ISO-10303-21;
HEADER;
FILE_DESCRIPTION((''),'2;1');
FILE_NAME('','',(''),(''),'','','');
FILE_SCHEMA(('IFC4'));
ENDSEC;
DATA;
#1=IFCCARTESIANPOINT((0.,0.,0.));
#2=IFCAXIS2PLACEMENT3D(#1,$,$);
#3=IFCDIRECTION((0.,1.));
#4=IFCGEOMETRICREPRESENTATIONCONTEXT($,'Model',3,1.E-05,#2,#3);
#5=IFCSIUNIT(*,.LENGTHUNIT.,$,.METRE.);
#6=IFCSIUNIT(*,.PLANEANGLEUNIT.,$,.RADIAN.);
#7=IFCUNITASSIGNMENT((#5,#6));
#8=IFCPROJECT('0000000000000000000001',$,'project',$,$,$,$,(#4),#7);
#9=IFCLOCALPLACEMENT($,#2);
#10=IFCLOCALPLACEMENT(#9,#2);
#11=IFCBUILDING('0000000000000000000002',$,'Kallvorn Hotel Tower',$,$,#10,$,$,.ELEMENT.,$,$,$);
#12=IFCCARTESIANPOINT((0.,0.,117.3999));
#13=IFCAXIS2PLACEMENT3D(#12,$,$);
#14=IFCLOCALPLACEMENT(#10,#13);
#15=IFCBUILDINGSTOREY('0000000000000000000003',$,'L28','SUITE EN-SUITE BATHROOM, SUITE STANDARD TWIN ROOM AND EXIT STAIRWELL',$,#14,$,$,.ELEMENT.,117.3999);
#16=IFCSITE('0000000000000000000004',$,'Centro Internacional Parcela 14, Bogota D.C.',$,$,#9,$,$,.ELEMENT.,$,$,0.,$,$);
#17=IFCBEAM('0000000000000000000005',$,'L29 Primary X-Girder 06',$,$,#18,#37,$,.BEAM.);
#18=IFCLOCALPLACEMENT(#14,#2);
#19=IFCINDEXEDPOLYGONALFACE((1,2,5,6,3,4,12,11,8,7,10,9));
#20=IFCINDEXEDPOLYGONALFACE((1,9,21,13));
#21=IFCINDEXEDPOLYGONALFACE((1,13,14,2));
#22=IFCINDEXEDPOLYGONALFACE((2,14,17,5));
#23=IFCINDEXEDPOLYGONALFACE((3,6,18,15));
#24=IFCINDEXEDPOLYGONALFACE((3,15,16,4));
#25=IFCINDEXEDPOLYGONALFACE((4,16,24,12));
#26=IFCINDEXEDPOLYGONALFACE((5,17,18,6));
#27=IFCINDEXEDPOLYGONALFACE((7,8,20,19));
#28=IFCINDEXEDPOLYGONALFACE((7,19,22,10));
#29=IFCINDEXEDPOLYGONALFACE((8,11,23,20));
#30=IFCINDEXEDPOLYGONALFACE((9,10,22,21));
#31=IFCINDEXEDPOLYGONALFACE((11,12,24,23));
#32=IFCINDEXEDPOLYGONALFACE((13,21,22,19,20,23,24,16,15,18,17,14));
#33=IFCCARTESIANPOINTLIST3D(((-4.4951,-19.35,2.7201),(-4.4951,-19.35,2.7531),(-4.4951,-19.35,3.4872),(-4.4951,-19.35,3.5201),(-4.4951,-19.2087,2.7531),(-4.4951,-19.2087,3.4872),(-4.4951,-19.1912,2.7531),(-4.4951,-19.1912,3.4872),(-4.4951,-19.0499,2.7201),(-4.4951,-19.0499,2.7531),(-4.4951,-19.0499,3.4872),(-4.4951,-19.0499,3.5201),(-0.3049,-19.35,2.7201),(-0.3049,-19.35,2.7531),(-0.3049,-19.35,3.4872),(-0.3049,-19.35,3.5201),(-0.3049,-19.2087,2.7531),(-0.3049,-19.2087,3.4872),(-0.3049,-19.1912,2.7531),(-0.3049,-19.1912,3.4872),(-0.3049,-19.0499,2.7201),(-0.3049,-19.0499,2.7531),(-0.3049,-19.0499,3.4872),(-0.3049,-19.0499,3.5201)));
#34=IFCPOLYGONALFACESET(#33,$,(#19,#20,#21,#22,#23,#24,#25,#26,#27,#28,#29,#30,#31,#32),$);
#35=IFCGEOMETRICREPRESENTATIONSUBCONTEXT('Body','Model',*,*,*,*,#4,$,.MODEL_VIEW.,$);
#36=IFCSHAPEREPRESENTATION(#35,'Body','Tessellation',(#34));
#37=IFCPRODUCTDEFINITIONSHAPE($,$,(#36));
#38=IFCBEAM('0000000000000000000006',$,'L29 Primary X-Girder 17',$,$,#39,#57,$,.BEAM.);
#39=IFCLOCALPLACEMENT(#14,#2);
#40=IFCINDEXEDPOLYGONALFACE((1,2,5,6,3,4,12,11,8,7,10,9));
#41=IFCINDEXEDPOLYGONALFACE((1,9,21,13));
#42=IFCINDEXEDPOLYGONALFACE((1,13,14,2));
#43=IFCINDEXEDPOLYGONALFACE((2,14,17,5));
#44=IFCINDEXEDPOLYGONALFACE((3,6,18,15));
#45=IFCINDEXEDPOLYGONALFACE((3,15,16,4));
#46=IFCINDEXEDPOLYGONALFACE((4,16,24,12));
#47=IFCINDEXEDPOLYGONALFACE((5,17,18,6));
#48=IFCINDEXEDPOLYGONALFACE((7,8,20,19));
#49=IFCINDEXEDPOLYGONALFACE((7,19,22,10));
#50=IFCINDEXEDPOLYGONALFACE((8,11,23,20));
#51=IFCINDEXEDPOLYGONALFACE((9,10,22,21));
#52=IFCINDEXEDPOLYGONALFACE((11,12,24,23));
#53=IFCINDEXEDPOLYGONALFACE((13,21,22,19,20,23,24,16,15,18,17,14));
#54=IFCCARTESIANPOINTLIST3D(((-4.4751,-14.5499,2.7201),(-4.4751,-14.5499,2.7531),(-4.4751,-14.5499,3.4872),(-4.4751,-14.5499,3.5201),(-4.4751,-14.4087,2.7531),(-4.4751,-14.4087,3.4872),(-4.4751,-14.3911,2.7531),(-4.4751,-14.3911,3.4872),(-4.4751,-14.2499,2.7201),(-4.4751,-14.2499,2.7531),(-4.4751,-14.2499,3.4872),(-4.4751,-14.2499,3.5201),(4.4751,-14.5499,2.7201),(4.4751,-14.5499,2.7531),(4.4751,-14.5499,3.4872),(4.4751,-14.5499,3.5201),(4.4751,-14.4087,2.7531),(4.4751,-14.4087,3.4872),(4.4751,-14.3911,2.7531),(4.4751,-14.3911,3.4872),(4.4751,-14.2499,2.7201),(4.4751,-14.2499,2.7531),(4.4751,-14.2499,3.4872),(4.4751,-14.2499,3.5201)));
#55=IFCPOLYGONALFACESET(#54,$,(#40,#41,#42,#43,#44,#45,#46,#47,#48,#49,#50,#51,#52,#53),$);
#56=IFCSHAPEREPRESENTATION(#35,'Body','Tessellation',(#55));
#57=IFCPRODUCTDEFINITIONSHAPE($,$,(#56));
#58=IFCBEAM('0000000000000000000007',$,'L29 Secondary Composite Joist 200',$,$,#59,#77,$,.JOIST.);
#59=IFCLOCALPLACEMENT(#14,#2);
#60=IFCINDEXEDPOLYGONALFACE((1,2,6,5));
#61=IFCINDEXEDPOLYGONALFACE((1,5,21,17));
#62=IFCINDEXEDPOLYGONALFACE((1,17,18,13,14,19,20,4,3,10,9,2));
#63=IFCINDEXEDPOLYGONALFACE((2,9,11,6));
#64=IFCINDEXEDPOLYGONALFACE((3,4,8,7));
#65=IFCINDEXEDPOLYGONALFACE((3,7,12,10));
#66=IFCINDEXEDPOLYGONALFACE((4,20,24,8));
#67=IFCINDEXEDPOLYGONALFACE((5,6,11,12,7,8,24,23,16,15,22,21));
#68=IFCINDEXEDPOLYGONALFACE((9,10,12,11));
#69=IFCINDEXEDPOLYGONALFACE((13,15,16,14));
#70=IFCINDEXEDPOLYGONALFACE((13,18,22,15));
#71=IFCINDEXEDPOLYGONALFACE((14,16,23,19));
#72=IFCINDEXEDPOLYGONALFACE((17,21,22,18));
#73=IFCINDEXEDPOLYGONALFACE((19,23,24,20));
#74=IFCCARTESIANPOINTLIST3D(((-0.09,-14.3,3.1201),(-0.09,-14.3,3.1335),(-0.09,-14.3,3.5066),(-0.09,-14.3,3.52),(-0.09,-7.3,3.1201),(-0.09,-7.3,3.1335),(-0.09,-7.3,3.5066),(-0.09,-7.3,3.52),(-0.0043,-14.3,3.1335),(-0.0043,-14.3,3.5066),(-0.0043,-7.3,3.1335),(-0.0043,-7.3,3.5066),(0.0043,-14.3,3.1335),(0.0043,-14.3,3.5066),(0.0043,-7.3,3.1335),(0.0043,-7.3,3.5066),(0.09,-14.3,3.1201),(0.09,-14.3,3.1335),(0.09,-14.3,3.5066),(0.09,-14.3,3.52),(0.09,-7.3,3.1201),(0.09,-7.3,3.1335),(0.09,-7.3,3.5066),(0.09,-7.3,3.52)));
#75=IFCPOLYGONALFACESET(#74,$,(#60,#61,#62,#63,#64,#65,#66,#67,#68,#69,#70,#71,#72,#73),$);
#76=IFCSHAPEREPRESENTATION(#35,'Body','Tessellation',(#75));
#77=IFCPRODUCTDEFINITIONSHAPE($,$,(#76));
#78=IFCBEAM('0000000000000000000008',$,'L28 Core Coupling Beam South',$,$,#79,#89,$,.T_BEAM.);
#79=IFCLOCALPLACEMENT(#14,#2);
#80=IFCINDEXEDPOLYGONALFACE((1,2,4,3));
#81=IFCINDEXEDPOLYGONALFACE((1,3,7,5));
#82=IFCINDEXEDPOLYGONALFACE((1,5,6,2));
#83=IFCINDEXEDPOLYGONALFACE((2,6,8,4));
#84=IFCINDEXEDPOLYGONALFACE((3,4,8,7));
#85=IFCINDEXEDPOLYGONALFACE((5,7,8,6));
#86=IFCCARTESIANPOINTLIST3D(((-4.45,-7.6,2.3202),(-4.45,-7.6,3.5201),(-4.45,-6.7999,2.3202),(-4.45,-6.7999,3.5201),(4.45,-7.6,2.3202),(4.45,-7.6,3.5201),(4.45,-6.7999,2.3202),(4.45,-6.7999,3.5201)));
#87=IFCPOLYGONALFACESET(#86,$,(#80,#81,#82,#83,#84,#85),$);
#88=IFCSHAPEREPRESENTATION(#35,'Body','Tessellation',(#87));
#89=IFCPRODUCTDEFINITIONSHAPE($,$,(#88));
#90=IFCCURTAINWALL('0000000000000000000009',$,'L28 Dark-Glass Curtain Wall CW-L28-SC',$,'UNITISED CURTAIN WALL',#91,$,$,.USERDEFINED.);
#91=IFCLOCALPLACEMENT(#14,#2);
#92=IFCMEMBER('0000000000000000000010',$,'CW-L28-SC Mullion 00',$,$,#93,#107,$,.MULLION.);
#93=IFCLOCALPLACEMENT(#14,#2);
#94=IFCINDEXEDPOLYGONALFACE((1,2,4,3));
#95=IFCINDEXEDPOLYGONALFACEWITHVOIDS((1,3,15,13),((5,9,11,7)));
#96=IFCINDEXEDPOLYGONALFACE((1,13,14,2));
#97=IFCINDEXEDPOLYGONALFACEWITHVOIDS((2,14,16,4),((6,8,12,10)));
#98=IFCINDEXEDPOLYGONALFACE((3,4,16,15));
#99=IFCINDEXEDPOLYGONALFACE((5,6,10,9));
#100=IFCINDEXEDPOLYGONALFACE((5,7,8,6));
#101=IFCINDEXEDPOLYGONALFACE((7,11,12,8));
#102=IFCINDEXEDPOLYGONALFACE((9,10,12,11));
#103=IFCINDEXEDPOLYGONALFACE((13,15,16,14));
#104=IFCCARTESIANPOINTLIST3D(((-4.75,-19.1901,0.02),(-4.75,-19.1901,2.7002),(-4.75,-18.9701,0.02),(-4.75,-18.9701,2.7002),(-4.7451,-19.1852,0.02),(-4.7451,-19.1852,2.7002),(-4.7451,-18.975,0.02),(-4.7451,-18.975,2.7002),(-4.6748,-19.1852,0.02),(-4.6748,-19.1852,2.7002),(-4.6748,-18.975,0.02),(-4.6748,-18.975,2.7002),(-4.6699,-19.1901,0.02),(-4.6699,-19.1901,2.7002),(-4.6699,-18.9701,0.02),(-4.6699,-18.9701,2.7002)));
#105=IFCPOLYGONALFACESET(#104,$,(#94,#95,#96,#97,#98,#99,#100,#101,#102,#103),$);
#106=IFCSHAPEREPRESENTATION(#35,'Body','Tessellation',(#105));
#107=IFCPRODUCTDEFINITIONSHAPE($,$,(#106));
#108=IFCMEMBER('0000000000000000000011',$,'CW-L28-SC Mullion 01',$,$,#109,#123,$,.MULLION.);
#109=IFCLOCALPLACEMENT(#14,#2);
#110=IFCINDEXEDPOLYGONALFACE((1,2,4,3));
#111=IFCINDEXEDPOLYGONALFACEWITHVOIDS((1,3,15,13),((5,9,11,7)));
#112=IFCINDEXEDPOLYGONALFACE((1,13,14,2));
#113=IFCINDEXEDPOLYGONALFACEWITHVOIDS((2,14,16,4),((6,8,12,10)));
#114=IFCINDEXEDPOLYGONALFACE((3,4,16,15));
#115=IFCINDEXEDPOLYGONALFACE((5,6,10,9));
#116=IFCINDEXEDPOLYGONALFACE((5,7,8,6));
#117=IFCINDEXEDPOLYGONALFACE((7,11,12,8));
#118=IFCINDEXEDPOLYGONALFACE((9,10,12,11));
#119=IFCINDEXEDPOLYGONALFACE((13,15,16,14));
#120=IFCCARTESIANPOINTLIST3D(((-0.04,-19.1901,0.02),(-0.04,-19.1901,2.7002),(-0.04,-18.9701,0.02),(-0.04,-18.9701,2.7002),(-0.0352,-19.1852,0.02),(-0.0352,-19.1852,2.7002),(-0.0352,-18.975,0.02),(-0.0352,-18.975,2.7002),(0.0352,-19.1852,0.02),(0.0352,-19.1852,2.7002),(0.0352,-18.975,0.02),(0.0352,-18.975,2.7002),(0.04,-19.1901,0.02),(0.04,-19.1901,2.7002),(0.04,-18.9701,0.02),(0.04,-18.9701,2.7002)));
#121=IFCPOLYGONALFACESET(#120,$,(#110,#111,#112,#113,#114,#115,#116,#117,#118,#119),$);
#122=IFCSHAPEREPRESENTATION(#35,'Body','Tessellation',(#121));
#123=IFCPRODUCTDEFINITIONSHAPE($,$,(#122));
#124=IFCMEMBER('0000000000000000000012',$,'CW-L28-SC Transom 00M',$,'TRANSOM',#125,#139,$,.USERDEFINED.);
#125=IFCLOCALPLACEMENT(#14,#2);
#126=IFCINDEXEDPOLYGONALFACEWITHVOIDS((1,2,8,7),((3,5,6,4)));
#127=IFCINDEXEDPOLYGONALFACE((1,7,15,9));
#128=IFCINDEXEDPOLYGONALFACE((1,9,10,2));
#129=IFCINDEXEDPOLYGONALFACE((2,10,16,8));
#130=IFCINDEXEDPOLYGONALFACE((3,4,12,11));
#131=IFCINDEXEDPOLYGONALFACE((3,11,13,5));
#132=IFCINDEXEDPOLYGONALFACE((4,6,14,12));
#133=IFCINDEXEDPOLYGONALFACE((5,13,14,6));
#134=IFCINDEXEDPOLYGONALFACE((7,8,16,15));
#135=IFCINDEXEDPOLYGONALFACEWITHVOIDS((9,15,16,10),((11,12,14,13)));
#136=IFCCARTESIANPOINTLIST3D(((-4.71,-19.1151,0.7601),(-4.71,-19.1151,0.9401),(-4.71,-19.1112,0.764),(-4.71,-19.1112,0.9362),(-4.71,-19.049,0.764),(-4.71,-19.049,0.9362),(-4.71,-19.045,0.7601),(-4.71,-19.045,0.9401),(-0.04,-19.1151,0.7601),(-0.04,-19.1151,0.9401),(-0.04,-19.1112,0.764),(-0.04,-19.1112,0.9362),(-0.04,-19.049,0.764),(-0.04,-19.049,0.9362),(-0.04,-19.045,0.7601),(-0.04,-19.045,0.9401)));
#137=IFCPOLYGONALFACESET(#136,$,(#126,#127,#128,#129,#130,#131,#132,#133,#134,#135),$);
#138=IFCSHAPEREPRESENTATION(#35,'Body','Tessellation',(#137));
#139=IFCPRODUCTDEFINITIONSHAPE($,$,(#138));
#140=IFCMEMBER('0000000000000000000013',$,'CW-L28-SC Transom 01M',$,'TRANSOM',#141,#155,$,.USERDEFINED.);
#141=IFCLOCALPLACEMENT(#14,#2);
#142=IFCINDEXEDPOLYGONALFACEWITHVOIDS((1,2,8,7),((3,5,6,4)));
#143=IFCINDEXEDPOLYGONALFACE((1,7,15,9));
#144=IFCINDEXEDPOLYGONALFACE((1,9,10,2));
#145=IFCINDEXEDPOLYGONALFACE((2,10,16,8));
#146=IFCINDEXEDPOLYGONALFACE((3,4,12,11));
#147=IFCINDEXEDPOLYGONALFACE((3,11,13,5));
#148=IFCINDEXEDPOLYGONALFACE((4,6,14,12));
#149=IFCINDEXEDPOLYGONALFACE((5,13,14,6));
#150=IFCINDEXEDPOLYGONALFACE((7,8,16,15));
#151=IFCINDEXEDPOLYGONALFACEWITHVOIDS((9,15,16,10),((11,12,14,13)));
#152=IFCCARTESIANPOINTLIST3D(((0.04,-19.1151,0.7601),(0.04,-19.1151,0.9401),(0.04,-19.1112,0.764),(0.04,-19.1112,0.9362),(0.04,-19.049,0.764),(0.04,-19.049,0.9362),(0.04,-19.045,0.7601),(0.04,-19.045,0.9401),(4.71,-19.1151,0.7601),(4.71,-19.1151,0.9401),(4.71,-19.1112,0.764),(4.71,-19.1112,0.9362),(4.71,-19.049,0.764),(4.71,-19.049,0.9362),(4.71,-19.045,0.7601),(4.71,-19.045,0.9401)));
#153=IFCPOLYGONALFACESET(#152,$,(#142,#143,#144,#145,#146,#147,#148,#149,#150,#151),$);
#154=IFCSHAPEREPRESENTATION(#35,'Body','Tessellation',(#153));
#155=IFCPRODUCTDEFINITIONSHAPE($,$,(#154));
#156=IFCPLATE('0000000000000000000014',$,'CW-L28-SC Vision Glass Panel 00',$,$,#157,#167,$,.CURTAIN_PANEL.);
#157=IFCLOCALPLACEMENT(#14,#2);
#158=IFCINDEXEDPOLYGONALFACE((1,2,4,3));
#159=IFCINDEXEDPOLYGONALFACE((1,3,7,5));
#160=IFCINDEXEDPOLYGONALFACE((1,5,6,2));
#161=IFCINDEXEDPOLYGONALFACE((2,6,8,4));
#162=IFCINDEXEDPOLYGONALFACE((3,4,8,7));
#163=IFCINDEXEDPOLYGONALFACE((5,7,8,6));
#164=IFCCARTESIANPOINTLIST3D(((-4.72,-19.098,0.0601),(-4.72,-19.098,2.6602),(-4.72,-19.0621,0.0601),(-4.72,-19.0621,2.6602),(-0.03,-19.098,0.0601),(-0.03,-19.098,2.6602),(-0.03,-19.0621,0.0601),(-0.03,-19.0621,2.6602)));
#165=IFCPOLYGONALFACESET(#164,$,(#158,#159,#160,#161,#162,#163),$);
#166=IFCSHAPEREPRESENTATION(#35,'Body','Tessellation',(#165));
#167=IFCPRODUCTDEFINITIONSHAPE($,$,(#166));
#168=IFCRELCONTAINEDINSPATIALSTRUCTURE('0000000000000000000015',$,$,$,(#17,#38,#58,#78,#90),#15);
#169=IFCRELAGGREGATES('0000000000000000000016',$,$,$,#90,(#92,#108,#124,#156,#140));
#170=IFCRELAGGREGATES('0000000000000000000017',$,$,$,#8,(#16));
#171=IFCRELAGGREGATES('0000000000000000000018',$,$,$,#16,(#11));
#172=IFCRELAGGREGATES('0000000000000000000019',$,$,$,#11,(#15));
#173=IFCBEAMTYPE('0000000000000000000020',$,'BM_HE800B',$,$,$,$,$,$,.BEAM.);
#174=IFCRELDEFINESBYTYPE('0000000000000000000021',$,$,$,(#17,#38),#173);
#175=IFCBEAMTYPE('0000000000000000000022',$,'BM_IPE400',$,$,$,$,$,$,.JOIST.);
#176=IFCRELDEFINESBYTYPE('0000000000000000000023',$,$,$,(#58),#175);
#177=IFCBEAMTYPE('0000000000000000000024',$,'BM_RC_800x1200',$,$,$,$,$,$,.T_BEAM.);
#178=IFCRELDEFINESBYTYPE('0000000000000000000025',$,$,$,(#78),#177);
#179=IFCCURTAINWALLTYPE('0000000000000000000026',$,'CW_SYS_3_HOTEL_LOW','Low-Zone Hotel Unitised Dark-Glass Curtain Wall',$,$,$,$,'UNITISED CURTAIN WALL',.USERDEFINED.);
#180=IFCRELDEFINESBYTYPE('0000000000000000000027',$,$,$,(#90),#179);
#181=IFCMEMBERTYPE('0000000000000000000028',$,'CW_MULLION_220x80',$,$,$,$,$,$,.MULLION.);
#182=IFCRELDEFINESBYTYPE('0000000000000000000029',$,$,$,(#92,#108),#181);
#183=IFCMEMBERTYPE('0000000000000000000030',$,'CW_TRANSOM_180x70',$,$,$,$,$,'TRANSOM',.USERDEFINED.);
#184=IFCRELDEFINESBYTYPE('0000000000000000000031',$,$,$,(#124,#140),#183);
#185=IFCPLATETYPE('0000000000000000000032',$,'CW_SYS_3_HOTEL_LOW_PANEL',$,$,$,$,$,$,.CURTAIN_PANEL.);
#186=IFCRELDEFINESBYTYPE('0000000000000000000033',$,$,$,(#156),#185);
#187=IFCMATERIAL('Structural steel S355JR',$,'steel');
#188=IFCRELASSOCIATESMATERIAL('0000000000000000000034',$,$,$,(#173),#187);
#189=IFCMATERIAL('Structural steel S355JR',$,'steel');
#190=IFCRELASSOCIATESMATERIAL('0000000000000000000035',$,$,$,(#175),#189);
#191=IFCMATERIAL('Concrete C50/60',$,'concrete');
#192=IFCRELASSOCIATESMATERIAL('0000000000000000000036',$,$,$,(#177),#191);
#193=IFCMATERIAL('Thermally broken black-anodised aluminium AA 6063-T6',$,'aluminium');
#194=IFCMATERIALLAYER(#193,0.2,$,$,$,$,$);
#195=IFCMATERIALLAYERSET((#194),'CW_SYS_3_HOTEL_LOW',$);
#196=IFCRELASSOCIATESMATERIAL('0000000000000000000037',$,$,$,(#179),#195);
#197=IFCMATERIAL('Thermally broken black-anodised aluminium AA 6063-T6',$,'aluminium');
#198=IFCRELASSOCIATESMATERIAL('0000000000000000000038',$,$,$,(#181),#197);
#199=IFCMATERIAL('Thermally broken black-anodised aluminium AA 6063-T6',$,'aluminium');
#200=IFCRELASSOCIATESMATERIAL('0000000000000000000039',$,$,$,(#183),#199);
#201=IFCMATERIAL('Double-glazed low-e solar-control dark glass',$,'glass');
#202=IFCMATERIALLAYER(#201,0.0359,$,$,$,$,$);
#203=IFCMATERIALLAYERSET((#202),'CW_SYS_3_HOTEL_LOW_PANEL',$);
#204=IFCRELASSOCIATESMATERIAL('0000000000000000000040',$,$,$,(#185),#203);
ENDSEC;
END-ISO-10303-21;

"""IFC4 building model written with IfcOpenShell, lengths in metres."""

from ifc_helpers import new_model, si_unit, direction, frame, origin, origin_2d, place, context, subcontext, project, spatial, rectangle, hollow_rectangle, i_section, extrude, material, layer, layer_set, material_profile, profile_set, type_object, element, aggregate, save


model = new_model("IFC4")

# Units and contexts
model_context = context("Model", 3, precision=1e-05, world=origin(), true_north=direction((0.0, 1.0)))
body_context = subcontext(model_context, "Body", "Model", "MODEL_VIEW")
ifc_project = project(units=[si_unit("LENGTHUNIT", "METRE"), si_unit("PLANEANGLEUNIT", "RADIAN")], contexts=[model_context])

# Site, building, storey
site_placement = place(None, origin())
site = spatial("IfcSite", under=ifc_project, at=site_placement, Name="Centro Internacional Parcela 14, Bogota D.C.", CompositionType="ELEMENT", RefElevation=0.0)
building_placement = place(site_placement, origin())
building = spatial("IfcBuilding", under=site, at=building_placement, Name="Kallvorn Hotel Tower", CompositionType="ELEMENT")
storey_placement = place(building_placement, frame((0.0, 0.0, 117.3999)))
storey = spatial("IfcBuildingStorey", under=building, at=storey_placement, Name="L28", Description="SUITE EN-SUITE BATHROOM, SUITE STANDARD TWIN ROOM AND EXIT STAIRWELL", CompositionType="ELEMENT", Elevation=117.3999)

# Beams
ifc_material_1 = material(Name="Structural steel S355JR", Category="steel")
ifc_material_profile_1 = material_profile(ifc_material_1, i_section(OverallWidth=0.3, OverallDepth=0.8, WebThickness=0.0176, FlangeThickness=0.033, at=origin_2d()), Name="HE 800 B")
ifc_profile_set_1 = profile_set([ifc_material_profile_1], Name="Structural steel S355JR")
beam_type_1 = type_object("IfcBeamType", Name="BM_HE800B", PredefinedType="BEAM", material=ifc_profile_set_1)
beam_1_placement = place(storey_placement, frame((-4.4951, -19.2, 3.1201), z_axis=(1.0, 0.0, 0.0), x_axis=(0.0, 1.0, 0.0)))
element("IfcBeam", 1, at=beam_1_placement, inside=storey, type_object=beam_type_1, Name="L29 Primary X-Girder 06", PredefinedType="BEAM", context=body_context, shape_type="SweptSolid", body=[
    extrude(i_section(OverallWidth=0.3, OverallDepth=0.8, WebThickness=0.0176, FlangeThickness=0.033, at=origin_2d()), origin(), (0.0, 0.0, 1.0), 4.1902),
])
beam_2_placement = place(storey_placement, frame((-4.4751, -14.3999, 3.1201), z_axis=(1.0, 0.0, 0.0), x_axis=(0.0, 1.0, 0.0)))
element("IfcBeam", 2, at=beam_2_placement, inside=storey, type_object=beam_type_1, Name="L29 Primary X-Girder 17", PredefinedType="BEAM", context=body_context, shape_type="SweptSolid", body=[
    extrude(i_section(OverallWidth=0.3, OverallDepth=0.8, WebThickness=0.0176, FlangeThickness=0.033, at=origin_2d()), origin(), (0.0, 0.0, 1.0), 8.9502),
])
ifc_material_2 = material(Name="Structural steel S355JR", Category="steel")
ifc_material_profile_2 = material_profile(ifc_material_2, i_section(OverallWidth=0.1799, OverallDepth=0.3999, WebThickness=0.0085, FlangeThickness=0.0134, at=origin_2d()), Name="IPE 400")
ifc_profile_set_2 = profile_set([ifc_material_profile_2], Name="Structural steel S355JR")
beam_type_2 = type_object("IfcBeamType", Name="BM_IPE400", PredefinedType="JOIST", material=ifc_profile_set_2)
beam_3_placement = place(storey_placement, frame((0.0, -14.3, 3.3201), z_axis=(0.0, 1.0, 0.0), x_axis=(-1.0, 0.0, 0.0)))
element("IfcBeam", 3, at=beam_3_placement, inside=storey, type_object=beam_type_2, Name="L29 Secondary Composite Joist 200", PredefinedType="JOIST", context=body_context, shape_type="SweptSolid", body=[
    extrude(i_section(OverallWidth=0.1799, OverallDepth=0.3999, WebThickness=0.0085, FlangeThickness=0.0134, at=origin_2d()), origin(), (0.0, 0.0, 1.0), 7.0),
])
ifc_material_3 = material(Name="Concrete C50/60", Category="concrete")
ifc_material_profile_3 = material_profile(ifc_material_3, rectangle(XDim=0.8, YDim=1.2, at=origin_2d()), Name="RC 800x1200")
ifc_profile_set_3 = profile_set([ifc_material_profile_3], Name="Concrete C50/60")
beam_type_3 = type_object("IfcBeamType", Name="BM_RC_800x1200", PredefinedType="T_BEAM", material=ifc_profile_set_3)
beam_4_placement = place(storey_placement, frame((-4.45, -7.2, 2.9202), z_axis=(1.0, 0.0, 0.0), x_axis=(0.0, 1.0, 0.0)))
element("IfcBeam", 4, at=beam_4_placement, inside=storey, type_object=beam_type_3, Name="L28 Core Coupling Beam South", PredefinedType="T_BEAM", context=body_context, shape_type="SweptSolid", body=[
    extrude(rectangle(XDim=0.8, YDim=1.2, at=origin_2d()), origin(), (0.0, 0.0, 1.0), 8.8999),
])

# Curtain wall, members, plate
ifc_material_4 = material(Name="Thermally broken black-anodised aluminium AA 6063-T6", Category="aluminium")
ifc_layer_1 = layer(ifc_material_4, 0.2)
ifc_layer_set_1 = layer_set([ifc_layer_1], Name="CW_SYS_3_HOTEL_LOW")
curtain_wall_type = type_object("IfcCurtainWallType", Name="CW_SYS_3_HOTEL_LOW", Description="Low-Zone Hotel Unitised Dark-Glass Curtain Wall", ElementType="UNITISED CURTAIN WALL", PredefinedType="USERDEFINED", material=ifc_layer_set_1)
curtain_wall_placement = place(storey_placement, origin())
curtain_wall = element("IfcCurtainWall", 5, at=curtain_wall_placement, inside=storey, type_object=curtain_wall_type, Name="L28 Dark-Glass Curtain Wall CW-L28-SC", ObjectType="UNITISED CURTAIN WALL", PredefinedType="USERDEFINED")
ifc_material_5 = material(Name="Thermally broken black-anodised aluminium AA 6063-T6", Category="aluminium")
ifc_material_profile_4 = material_profile(ifc_material_5, hollow_rectangle(XDim=0.0801, YDim=0.22, WallThickness=0.0049, at=origin_2d()), Name="MUL 220x80")
ifc_profile_set_4 = profile_set([ifc_material_profile_4], Name="Thermally broken black-anodised aluminium AA 6063-T6")
member_type_1 = type_object("IfcMemberType", Name="CW_MULLION_220x80", PredefinedType="MULLION", material=ifc_profile_set_4)
member_1_placement = place(storey_placement, frame((-4.71, -19.0801, 0.02), z_axis=(0.0, 0.0, 1.0), x_axis=(1.0, 0.0, 0.0)))
member_1 = element("IfcMember", 6, at=member_1_placement, type_object=member_type_1, Name="CW-L28-SC Mullion 00", PredefinedType="MULLION", context=body_context, shape_type="SweptSolid", body=[
    extrude(hollow_rectangle(XDim=0.0801, YDim=0.22, WallThickness=0.0049, at=origin_2d()), origin(), (0.0, 0.0, 1.0), 2.6802),
])
member_2_placement = place(storey_placement, frame((0.0, -19.0801, 0.02), z_axis=(0.0, 0.0, 1.0), x_axis=(1.0, 0.0, 0.0)))
member_2 = element("IfcMember", 7, at=member_2_placement, type_object=member_type_1, Name="CW-L28-SC Mullion 01", PredefinedType="MULLION", context=body_context, shape_type="SweptSolid", body=[
    extrude(hollow_rectangle(XDim=0.0801, YDim=0.22, WallThickness=0.0049, at=origin_2d()), origin(), (0.0, 0.0, 1.0), 2.6802),
])
ifc_material_6 = material(Name="Thermally broken black-anodised aluminium AA 6063-T6", Category="aluminium")
ifc_material_profile_5 = material_profile(ifc_material_6, hollow_rectangle(XDim=0.0701, YDim=0.1799, WallThickness=0.0039, at=origin_2d()), Name="TRN 180x70")
ifc_profile_set_5 = profile_set([ifc_material_profile_5], Name="Thermally broken black-anodised aluminium AA 6063-T6")
member_type_2 = type_object("IfcMemberType", Name="CW_TRANSOM_180x70", ElementType="TRANSOM", PredefinedType="USERDEFINED", material=ifc_profile_set_5)
member_3_placement = place(storey_placement, frame((-4.71, -19.0801, 0.8501), z_axis=(1.0, 0.0, 0.0), x_axis=(0.0, 1.0, 0.0)))
member_3 = element("IfcMember", 8, at=member_3_placement, type_object=member_type_2, Name="CW-L28-SC Transom 00M", ObjectType="TRANSOM", PredefinedType="USERDEFINED", context=body_context, shape_type="SweptSolid", body=[
    extrude(hollow_rectangle(XDim=0.0701, YDim=0.1799, WallThickness=0.0039, at=origin_2d()), origin(), (0.0, 0.0, 1.0), 4.6699),
])
member_4_placement = place(storey_placement, frame((0.04, -19.0801, 0.8501), z_axis=(1.0, 0.0, 0.0), x_axis=(0.0, 1.0, 0.0)))
member_4 = element("IfcMember", 9, at=member_4_placement, type_object=member_type_2, Name="CW-L28-SC Transom 01M", ObjectType="TRANSOM", PredefinedType="USERDEFINED", context=body_context, shape_type="SweptSolid", body=[
    extrude(hollow_rectangle(XDim=0.0701, YDim=0.1799, WallThickness=0.0039, at=origin_2d()), origin(), (0.0, 0.0, 1.0), 4.6699),
])
ifc_material_7 = material(Name="Double-glazed low-e solar-control dark glass", Category="glass")
ifc_layer_2 = layer(ifc_material_7, 0.0359)
ifc_layer_set_2 = layer_set([ifc_layer_2], Name="CW_SYS_3_HOTEL_LOW_PANEL")
plate_type = type_object("IfcPlateType", Name="CW_SYS_3_HOTEL_LOW_PANEL", PredefinedType="CURTAIN_PANEL", material=ifc_layer_set_2)
plate_placement = place(storey_placement, frame((-2.375, -19.0801, 0.0601), z_axis=(0.0, 0.0, 1.0), x_axis=(1.0, 0.0, 0.0)))
plate = element("IfcPlate", 10, at=plate_placement, type_object=plate_type, Name="CW-L28-SC Vision Glass Panel 00", PredefinedType="CURTAIN_PANEL", context=body_context, shape_type="SweptSolid", body=[
    extrude(rectangle(XDim=4.6899, YDim=0.0359, at=origin_2d()), origin(), (0.0, 0.0, 1.0), 2.6001),
])
aggregate(curtain_wall, [member_1, member_2, member_3, plate, member_4])

save(model, "model.ifc")
